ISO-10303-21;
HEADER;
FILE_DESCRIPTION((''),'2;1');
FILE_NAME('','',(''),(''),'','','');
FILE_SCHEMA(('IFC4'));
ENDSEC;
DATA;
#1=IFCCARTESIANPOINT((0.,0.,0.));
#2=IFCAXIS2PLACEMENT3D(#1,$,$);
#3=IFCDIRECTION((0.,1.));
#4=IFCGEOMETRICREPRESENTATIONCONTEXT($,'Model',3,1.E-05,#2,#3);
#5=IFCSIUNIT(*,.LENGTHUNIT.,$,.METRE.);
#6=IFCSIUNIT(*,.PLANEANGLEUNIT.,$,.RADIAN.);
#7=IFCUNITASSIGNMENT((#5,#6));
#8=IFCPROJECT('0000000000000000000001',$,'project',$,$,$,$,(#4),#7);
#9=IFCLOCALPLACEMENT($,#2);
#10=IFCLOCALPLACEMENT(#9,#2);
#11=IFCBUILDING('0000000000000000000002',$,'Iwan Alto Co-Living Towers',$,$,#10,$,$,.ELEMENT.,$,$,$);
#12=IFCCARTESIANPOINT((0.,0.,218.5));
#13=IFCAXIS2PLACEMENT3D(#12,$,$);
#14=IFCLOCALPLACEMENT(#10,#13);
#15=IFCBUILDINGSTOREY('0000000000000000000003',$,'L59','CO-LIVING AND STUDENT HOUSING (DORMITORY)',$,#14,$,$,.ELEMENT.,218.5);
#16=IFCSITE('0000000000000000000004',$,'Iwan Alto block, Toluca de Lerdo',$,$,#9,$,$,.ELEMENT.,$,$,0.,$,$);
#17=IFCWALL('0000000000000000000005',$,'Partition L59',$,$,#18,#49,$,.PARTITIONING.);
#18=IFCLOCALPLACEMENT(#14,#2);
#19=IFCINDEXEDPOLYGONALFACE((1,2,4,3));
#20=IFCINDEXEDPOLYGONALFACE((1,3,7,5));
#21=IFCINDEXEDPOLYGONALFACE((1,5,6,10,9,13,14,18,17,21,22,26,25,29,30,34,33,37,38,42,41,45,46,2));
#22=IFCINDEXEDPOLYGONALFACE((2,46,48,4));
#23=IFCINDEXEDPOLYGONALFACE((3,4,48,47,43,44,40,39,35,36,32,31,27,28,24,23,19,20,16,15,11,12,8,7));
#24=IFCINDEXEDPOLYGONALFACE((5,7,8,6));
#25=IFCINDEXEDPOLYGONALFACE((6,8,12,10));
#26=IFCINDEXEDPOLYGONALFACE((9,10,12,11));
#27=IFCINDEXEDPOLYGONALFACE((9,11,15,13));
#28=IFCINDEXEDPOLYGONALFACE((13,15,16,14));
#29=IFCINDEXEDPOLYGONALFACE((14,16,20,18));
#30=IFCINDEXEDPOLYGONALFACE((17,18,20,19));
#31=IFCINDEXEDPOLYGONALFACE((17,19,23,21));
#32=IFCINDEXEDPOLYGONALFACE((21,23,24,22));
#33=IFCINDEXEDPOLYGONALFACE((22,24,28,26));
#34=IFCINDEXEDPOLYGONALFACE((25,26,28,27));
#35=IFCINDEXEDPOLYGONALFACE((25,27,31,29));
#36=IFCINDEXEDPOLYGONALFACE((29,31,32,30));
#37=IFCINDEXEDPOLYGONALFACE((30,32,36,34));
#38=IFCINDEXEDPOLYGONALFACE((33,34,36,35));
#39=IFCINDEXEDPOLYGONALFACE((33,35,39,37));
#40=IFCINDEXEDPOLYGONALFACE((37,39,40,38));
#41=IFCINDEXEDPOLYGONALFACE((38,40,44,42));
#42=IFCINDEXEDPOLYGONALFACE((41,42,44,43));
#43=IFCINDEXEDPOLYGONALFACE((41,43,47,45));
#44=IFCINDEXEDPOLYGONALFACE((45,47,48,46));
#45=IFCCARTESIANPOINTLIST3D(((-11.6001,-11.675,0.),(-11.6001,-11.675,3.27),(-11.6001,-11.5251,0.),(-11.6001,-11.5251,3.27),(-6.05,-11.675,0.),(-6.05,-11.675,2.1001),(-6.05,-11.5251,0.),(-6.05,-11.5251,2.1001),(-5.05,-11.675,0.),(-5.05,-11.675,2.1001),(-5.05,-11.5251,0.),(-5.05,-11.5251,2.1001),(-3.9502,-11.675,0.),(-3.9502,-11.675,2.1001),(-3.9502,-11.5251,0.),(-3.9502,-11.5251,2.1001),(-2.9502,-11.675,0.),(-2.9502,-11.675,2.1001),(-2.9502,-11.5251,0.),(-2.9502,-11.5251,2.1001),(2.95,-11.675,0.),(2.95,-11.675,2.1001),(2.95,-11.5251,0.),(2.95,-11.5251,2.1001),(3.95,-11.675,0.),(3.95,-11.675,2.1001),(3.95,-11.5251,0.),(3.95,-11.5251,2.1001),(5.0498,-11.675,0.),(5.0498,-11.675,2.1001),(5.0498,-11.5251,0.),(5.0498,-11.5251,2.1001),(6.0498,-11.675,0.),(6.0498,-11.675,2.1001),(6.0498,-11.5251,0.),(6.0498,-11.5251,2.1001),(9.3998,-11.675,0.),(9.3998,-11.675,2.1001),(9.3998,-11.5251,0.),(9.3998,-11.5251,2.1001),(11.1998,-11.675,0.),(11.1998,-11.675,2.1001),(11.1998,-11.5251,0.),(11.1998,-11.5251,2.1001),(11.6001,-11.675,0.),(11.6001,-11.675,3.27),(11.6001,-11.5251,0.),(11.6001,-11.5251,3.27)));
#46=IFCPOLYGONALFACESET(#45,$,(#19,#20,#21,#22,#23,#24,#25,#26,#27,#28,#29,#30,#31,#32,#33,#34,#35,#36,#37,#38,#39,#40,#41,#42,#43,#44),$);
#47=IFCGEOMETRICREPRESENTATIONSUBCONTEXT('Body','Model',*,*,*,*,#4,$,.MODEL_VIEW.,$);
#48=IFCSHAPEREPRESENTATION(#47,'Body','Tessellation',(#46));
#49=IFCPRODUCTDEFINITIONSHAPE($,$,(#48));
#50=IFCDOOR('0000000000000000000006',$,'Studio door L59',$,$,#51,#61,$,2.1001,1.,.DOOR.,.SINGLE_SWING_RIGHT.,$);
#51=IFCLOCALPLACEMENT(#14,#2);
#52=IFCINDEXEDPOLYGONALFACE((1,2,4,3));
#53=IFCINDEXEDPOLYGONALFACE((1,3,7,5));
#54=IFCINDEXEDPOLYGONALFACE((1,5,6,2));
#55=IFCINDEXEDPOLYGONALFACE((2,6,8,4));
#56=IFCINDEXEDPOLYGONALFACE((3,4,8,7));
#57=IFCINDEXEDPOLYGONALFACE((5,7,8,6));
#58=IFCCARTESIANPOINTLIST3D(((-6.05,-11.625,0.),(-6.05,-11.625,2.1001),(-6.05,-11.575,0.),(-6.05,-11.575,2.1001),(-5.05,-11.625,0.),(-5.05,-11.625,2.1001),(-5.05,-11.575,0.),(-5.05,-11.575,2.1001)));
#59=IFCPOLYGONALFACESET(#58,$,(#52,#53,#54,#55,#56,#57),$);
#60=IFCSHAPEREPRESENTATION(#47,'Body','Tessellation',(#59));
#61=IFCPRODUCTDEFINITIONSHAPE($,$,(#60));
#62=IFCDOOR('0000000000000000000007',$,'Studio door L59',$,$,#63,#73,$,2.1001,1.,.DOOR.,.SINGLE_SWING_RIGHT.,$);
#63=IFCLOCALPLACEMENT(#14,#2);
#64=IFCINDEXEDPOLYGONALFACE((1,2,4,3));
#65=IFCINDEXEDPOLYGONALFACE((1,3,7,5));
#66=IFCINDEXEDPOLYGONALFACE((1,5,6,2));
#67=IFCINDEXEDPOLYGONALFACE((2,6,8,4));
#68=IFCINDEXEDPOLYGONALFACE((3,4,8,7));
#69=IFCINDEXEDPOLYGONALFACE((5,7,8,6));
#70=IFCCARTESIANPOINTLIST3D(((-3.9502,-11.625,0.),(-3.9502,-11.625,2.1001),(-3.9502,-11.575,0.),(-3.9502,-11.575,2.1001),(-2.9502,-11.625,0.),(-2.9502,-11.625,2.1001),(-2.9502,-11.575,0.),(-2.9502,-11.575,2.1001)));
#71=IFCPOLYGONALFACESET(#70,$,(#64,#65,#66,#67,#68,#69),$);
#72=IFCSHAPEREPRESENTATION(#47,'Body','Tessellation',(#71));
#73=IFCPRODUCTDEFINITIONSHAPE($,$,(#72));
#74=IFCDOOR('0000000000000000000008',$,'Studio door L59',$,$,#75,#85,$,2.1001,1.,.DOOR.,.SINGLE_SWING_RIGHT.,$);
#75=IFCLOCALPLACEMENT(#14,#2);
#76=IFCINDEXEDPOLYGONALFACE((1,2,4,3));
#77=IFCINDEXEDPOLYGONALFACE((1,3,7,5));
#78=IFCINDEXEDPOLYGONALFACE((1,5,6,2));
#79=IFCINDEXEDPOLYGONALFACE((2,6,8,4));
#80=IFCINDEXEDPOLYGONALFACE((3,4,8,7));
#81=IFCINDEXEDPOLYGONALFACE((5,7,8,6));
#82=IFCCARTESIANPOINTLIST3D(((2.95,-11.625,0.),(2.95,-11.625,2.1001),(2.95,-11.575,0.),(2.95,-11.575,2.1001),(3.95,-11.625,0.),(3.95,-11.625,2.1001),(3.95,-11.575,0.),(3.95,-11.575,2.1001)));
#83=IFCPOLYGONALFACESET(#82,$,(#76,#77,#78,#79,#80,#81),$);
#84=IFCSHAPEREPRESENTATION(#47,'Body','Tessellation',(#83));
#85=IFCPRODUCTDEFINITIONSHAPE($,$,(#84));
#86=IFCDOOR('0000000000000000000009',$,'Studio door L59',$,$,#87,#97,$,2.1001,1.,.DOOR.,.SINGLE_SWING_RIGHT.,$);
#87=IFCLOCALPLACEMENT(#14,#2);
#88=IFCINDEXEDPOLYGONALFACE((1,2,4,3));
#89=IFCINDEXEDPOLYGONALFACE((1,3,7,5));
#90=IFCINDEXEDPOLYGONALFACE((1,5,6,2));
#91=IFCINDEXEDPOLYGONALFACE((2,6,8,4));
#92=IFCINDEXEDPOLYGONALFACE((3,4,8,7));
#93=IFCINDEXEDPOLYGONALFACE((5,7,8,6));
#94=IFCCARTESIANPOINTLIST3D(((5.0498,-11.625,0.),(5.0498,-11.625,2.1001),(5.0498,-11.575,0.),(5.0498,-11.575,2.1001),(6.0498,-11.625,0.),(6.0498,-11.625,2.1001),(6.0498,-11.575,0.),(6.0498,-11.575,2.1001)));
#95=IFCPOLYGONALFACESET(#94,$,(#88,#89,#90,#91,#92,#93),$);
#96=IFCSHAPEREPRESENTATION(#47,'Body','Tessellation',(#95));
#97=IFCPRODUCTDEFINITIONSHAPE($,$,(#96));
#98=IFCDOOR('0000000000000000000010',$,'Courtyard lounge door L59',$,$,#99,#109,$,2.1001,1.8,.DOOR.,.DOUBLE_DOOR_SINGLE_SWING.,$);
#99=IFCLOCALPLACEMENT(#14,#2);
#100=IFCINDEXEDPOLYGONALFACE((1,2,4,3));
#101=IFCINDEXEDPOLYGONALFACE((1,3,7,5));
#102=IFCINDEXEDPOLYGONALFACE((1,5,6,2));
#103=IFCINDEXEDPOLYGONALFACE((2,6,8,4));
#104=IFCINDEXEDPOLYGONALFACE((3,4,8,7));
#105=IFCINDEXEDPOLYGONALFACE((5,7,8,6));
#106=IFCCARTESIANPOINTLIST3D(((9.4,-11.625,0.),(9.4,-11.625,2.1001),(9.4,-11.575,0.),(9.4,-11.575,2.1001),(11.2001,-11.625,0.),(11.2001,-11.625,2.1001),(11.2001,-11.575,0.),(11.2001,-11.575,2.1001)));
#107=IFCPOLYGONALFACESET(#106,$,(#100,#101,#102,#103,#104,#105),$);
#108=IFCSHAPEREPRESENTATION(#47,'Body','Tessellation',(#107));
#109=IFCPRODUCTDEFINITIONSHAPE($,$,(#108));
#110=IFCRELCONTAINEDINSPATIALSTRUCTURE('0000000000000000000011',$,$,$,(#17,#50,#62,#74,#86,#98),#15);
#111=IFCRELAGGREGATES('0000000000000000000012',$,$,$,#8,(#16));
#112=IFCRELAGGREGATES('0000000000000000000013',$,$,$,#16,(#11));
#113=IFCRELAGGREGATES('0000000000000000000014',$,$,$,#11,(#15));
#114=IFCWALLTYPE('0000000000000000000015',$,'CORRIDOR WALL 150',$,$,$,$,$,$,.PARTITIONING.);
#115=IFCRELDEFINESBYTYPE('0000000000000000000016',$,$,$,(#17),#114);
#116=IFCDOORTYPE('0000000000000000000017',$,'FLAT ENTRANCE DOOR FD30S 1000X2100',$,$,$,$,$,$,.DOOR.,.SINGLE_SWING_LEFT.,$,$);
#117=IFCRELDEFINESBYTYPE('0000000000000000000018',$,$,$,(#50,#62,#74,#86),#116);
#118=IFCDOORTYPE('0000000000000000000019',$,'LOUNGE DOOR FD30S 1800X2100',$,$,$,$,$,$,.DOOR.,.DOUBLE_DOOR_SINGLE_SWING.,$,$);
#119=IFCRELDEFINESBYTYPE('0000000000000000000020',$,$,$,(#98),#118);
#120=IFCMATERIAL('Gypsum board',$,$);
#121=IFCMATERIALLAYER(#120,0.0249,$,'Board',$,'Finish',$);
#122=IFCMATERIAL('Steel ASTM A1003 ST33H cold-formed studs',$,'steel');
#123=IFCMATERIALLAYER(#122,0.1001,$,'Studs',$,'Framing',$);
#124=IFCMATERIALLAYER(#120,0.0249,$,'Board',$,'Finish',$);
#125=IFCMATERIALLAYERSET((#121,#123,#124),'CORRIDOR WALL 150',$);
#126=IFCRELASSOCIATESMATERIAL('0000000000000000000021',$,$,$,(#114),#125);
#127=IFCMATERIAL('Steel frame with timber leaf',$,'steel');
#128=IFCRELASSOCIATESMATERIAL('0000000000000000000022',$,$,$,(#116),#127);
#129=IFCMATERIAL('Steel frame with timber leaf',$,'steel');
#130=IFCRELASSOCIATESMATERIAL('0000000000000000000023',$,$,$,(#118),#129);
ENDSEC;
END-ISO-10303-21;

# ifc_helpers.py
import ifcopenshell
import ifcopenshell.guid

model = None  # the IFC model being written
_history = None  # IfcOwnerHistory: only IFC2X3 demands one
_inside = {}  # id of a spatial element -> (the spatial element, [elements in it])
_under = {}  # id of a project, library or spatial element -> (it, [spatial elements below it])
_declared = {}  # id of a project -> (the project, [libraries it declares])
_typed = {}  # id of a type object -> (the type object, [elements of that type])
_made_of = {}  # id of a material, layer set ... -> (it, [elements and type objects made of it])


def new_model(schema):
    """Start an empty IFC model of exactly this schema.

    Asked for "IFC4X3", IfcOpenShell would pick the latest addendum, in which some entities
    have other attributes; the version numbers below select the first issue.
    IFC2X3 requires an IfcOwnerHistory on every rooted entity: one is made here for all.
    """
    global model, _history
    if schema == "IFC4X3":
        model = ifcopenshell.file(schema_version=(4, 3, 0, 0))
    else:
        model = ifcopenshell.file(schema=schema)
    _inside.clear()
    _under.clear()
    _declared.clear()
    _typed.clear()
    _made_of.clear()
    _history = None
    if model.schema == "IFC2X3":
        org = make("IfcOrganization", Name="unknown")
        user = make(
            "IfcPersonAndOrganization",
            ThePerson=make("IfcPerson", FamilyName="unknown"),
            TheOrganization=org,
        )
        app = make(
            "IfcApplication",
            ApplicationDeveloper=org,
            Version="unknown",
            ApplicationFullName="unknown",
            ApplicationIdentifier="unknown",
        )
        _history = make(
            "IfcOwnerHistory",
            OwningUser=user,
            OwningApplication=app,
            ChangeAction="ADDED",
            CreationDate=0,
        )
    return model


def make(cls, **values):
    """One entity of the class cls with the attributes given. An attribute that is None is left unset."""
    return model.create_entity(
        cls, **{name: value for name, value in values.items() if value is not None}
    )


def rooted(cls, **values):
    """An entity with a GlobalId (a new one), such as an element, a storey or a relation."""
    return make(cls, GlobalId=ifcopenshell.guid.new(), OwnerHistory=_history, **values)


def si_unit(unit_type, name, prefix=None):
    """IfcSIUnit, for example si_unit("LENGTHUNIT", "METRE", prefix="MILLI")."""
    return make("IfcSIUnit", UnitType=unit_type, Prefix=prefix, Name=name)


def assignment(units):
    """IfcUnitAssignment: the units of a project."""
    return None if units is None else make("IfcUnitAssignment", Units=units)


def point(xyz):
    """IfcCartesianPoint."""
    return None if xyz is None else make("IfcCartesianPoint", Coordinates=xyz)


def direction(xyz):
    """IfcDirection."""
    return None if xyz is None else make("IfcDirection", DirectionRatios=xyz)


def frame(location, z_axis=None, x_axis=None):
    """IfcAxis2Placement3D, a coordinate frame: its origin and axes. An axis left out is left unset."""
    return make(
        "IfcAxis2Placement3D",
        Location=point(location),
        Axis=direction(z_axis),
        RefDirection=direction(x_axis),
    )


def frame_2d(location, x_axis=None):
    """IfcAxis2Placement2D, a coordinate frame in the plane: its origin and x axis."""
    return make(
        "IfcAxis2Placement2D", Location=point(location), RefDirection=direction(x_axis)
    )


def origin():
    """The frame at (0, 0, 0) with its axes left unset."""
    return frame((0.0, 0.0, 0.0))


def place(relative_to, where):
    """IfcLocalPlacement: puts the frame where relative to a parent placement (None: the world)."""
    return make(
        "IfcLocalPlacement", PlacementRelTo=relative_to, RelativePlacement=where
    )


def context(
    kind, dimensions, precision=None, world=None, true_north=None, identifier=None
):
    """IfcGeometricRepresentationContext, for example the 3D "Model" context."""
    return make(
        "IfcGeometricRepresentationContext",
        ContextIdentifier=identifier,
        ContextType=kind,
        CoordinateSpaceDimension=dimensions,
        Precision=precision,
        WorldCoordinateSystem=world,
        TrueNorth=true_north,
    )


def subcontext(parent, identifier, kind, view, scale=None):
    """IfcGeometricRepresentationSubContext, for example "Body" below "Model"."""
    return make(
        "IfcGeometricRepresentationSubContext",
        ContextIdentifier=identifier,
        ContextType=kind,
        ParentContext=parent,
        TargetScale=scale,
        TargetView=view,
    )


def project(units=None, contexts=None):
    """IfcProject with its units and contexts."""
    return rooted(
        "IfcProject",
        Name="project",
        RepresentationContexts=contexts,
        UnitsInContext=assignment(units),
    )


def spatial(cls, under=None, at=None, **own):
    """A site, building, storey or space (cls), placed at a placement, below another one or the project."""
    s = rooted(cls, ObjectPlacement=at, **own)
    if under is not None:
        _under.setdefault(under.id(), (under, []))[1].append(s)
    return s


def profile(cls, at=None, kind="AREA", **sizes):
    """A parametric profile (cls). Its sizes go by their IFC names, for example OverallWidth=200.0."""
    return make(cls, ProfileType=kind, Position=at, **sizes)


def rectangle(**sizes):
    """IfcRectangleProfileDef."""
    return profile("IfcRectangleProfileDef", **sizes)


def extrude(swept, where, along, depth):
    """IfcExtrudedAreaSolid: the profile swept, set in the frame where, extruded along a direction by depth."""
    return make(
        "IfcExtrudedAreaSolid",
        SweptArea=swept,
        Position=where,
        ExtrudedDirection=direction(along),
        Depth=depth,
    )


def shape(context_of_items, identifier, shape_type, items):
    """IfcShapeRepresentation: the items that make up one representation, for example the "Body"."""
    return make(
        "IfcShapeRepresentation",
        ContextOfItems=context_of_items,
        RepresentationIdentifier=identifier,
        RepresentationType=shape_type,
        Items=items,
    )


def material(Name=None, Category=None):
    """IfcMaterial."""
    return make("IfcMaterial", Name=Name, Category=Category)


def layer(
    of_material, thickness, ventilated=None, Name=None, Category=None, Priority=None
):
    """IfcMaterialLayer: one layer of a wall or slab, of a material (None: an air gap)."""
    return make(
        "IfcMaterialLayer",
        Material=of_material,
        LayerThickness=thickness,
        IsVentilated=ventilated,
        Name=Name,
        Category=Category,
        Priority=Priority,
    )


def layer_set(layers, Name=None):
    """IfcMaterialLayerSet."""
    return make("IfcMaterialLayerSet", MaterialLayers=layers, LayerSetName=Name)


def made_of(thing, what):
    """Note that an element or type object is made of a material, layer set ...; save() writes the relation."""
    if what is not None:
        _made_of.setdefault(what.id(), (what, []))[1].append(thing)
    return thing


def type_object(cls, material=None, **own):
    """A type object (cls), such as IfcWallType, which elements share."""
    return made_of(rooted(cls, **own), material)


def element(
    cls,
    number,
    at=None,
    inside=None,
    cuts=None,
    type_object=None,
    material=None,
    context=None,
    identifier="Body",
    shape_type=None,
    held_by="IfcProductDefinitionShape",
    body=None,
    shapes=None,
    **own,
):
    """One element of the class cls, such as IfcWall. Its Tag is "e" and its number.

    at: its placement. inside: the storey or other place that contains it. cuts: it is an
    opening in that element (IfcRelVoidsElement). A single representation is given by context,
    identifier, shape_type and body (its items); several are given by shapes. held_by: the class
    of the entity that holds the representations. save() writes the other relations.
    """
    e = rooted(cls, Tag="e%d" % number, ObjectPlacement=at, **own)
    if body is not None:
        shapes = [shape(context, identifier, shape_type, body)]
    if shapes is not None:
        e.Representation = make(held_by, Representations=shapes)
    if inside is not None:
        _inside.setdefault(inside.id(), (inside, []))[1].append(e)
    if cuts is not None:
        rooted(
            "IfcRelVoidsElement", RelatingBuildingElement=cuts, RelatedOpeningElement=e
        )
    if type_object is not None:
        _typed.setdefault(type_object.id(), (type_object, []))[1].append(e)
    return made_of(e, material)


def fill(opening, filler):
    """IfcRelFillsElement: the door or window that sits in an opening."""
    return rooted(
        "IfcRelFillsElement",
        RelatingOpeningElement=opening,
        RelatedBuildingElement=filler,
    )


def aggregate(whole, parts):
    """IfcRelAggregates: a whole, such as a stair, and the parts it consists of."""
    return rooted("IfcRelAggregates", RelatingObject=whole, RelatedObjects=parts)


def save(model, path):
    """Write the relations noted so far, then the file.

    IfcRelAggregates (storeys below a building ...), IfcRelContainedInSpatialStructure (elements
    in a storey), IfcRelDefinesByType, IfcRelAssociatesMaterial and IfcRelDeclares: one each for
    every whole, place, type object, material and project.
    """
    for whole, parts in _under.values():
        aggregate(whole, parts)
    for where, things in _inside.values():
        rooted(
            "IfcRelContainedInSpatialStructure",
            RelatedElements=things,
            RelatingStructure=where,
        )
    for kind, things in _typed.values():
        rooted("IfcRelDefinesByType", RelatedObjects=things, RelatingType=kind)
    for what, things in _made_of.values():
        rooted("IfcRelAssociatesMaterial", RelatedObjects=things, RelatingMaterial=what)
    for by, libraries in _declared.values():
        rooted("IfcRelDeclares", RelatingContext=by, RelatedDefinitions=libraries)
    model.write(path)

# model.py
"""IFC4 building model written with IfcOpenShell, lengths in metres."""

from ifc_helpers import new_model, si_unit, direction, frame, frame_2d, origin, place, context, subcontext, project, spatial, rectangle, extrude, material, layer, layer_set, type_object, element, fill, save


model = new_model("IFC4")

# Units and contexts
model_context = context("Model", 3, precision=1e-05, world=origin(), true_north=direction((0.0, 1.0)))
body_context = subcontext(model_context, "Body", "Model", "MODEL_VIEW")
ifc_project = project(units=[si_unit("LENGTHUNIT", "METRE"), si_unit("PLANEANGLEUNIT", "RADIAN")], contexts=[model_context])

# Site, building, storey
site_placement = place(None, origin())
site = spatial("IfcSite", under=ifc_project, at=site_placement, Name="Iwan Alto block, Toluca de Lerdo", CompositionType="ELEMENT", RefElevation=0.0)
building_placement = place(site_placement, origin())
building = spatial("IfcBuilding", under=site, at=building_placement, Name="Iwan Alto Co-Living Towers", CompositionType="ELEMENT")
storey_placement = place(building_placement, frame((0.0, 0.0, 218.5)))
storey = spatial("IfcBuildingStorey", under=building, at=storey_placement, Name="L59", Description="CO-LIVING AND STUDENT HOUSING (DORMITORY)", CompositionType="ELEMENT", Elevation=218.5)

# Wall, openings, doors
ifc_material_1 = material(Name="Gypsum board")
ifc_layer_1 = layer(ifc_material_1, 0.0249, Name="Board", Category="Finish")
ifc_material_2 = material(Name="Steel ASTM A1003 ST33H cold-formed studs", Category="steel")
ifc_layer_2 = layer(ifc_material_2, 0.1001, Name="Studs", Category="Framing")
ifc_layer_3 = layer(ifc_material_1, 0.0249, Name="Board", Category="Finish")
ifc_layer_set_1 = layer_set([ifc_layer_1, ifc_layer_2, ifc_layer_3], Name="CORRIDOR WALL 150")
wall_type_1 = type_object("IfcWallType", Name="CORRIDOR WALL 150", PredefinedType="PARTITIONING", material=ifc_layer_set_1)
wall_1_placement = place(storey_placement, frame((-11.6001, -11.6001, 0.0), z_axis=(0.0, 0.0, 1.0), x_axis=(1.0, 0.0, 0.0)))
wall_1 = element("IfcWall", 1, at=wall_1_placement, inside=storey, type_object=wall_type_1, Name="Partition L59", PredefinedType="PARTITIONING", context=body_context, shape_type="SweptSolid", body=[
    extrude(rectangle(XDim=23.2002, YDim=0.1499, at=frame_2d((11.6001, 0.0))), origin(), (0.0, 0.0, 1.0), 3.27),
])
opening_1_placement = place(wall_1_placement, frame((5.55, 0.0, 0.0)))
opening_1 = element("IfcOpeningElement", 2, at=opening_1_placement, cuts=wall_1, PredefinedType="OPENING", context=body_context, shape_type="SweptSolid", body=[
    extrude(rectangle(XDim=1.0, YDim=2.1001, at=frame_2d((0.5, 1.05))), frame((0.0, 0.085, 0.0), z_axis=(0.0, -1.0, 0.0), x_axis=(1.0, 0.0, 0.0)), (0.0, 0.0, 1.0), 0.1699),
])
opening_2_placement = place(wall_1_placement, frame((7.6499, 0.0, 0.0)))
opening_2 = element("IfcOpeningElement", 3, at=opening_2_placement, cuts=wall_1, PredefinedType="OPENING", context=body_context, shape_type="SweptSolid", body=[
    extrude(rectangle(XDim=1.0, YDim=2.1001, at=frame_2d((0.5, 1.05))), frame((0.0, 0.085, 0.0), z_axis=(0.0, -1.0, 0.0), x_axis=(1.0, 0.0, 0.0)), (0.0, 0.0, 1.0), 0.1699),
])
opening_3_placement = place(wall_1_placement, frame((14.55, 0.0, 0.0)))
opening_3 = element("IfcOpeningElement", 4, at=opening_3_placement, cuts=wall_1, PredefinedType="OPENING", context=body_context, shape_type="SweptSolid", body=[
    extrude(rectangle(XDim=1.0, YDim=2.1001, at=frame_2d((0.5, 1.05))), frame((0.0, 0.085, 0.0), z_axis=(0.0, -1.0, 0.0), x_axis=(1.0, 0.0, 0.0)), (0.0, 0.0, 1.0), 0.1699),
])
opening_4_placement = place(wall_1_placement, frame((16.6499, 0.0, 0.0)))
opening_4 = element("IfcOpeningElement", 5, at=opening_4_placement, cuts=wall_1, PredefinedType="OPENING", context=body_context, shape_type="SweptSolid", body=[
    extrude(rectangle(XDim=1.0, YDim=2.1001, at=frame_2d((0.5, 1.05))), frame((0.0, 0.085, 0.0), z_axis=(0.0, -1.0, 0.0), x_axis=(1.0, 0.0, 0.0)), (0.0, 0.0, 1.0), 0.1699),
])
opening_5_placement = place(wall_1_placement, frame((21.0, 0.0, 0.0)))
opening_5 = element("IfcOpeningElement", 6, at=opening_5_placement, cuts=wall_1, PredefinedType="OPENING", context=body_context, shape_type="SweptSolid", body=[
    extrude(rectangle(XDim=1.8, YDim=2.1001, at=frame_2d((0.8999, 1.05))), frame((0.0, 0.085, 0.0), z_axis=(0.0, -1.0, 0.0), x_axis=(1.0, 0.0, 0.0)), (0.0, 0.0, 1.0), 0.1699),
])
ifc_material_3 = material(Name="Steel frame with timber leaf", Category="steel")
door_type_1 = type_object("IfcDoorType", Name="FLAT ENTRANCE DOOR FD30S 1000X2100", OperationType="SINGLE_SWING_LEFT", PredefinedType="DOOR", material=ifc_material_3)
door_1_placement = place(opening_1_placement, frame((1.0, 0.0, 0.0), z_axis=(0.0, 0.0, 1.0), x_axis=(-1.0, 0.0, 0.0)))
door_1 = element("IfcDoor", 7, at=door_1_placement, inside=storey, type_object=door_type_1, Name="Studio door L59", OperationType="SINGLE_SWING_RIGHT", OverallHeight=2.1001, OverallWidth=1.0, PredefinedType="DOOR", context=body_context, shape_type="SweptSolid", body=[
    extrude(rectangle(XDim=1.0, YDim=2.1001, at=frame_2d((0.5, 1.05))), frame((0.0, 0.0249, 0.0), z_axis=(0.0, -1.0, 0.0), x_axis=(1.0, 0.0, 0.0)), (0.0, 0.0, 1.0), 0.05),
])
fill(opening_1, door_1)
door_2_placement = place(opening_2_placement, frame((1.0, 0.0, 0.0), z_axis=(0.0, 0.0, 1.0), x_axis=(-1.0, 0.0, 0.0)))
door_2 = element("IfcDoor", 8, at=door_2_placement, inside=storey, type_object=door_type_1, Name="Studio door L59", OperationType="SINGLE_SWING_RIGHT", OverallHeight=2.1001, OverallWidth=1.0, PredefinedType="DOOR", context=body_context, shape_type="SweptSolid", body=[
    extrude(rectangle(XDim=1.0, YDim=2.1001, at=frame_2d((0.5, 1.05))), frame((0.0, 0.0249, 0.0), z_axis=(0.0, -1.0, 0.0), x_axis=(1.0, 0.0, 0.0)), (0.0, 0.0, 1.0), 0.05),
])
fill(opening_2, door_2)
door_3_placement = place(opening_3_placement, frame((1.0, 0.0, 0.0), z_axis=(0.0, 0.0, 1.0), x_axis=(-1.0, 0.0, 0.0)))
door_3 = element("IfcDoor", 9, at=door_3_placement, inside=storey, type_object=door_type_1, Name="Studio door L59", OperationType="SINGLE_SWING_RIGHT", OverallHeight=2.1001, OverallWidth=1.0, PredefinedType="DOOR", context=body_context, shape_type="SweptSolid", body=[
    extrude(rectangle(XDim=1.0, YDim=2.1001, at=frame_2d((0.5, 1.05))), frame((0.0, 0.0249, 0.0), z_axis=(0.0, -1.0, 0.0), x_axis=(1.0, 0.0, 0.0)), (0.0, 0.0, 1.0), 0.05),
])
fill(opening_3, door_3)
door_4_placement = place(opening_4_placement, frame((1.0, 0.0, 0.0), z_axis=(0.0, 0.0, 1.0), x_axis=(-1.0, 0.0, 0.0)))
door_4 = element("IfcDoor", 10, at=door_4_placement, inside=storey, type_object=door_type_1, Name="Studio door L59", OperationType="SINGLE_SWING_RIGHT", OverallHeight=2.1001, OverallWidth=1.0, PredefinedType="DOOR", context=body_context, shape_type="SweptSolid", body=[
    extrude(rectangle(XDim=1.0, YDim=2.1001, at=frame_2d((0.5, 1.05))), frame((0.0, 0.0249, 0.0), z_axis=(0.0, -1.0, 0.0), x_axis=(1.0, 0.0, 0.0)), (0.0, 0.0, 1.0), 0.05),
])
fill(opening_4, door_4)
ifc_material_4 = material(Name="Steel frame with timber leaf", Category="steel")
door_type_2 = type_object("IfcDoorType", Name="LOUNGE DOOR FD30S 1800X2100", OperationType="DOUBLE_DOOR_SINGLE_SWING", PredefinedType="DOOR", material=ifc_material_4)
door_5_placement = place(opening_5_placement, frame((1.8, 0.0, 0.0), z_axis=(0.0, 0.0, 1.0), x_axis=(-1.0, 0.0, 0.0)))
door_5 = element("IfcDoor", 11, at=door_5_placement, inside=storey, type_object=door_type_2, Name="Courtyard lounge door L59", OperationType="DOUBLE_DOOR_SINGLE_SWING", OverallHeight=2.1001, OverallWidth=1.8, PredefinedType="DOOR", context=body_context, shape_type="SweptSolid", body=[
    extrude(rectangle(XDim=1.8, YDim=2.1001, at=frame_2d((0.8999, 1.05))), frame((0.0, 0.0249, 0.0), z_axis=(0.0, -1.0, 0.0), x_axis=(1.0, 0.0, 0.0)), (0.0, 0.0, 1.0), 0.05),
])
fill(opening_5, door_5)

save(model, "model.ifc")
